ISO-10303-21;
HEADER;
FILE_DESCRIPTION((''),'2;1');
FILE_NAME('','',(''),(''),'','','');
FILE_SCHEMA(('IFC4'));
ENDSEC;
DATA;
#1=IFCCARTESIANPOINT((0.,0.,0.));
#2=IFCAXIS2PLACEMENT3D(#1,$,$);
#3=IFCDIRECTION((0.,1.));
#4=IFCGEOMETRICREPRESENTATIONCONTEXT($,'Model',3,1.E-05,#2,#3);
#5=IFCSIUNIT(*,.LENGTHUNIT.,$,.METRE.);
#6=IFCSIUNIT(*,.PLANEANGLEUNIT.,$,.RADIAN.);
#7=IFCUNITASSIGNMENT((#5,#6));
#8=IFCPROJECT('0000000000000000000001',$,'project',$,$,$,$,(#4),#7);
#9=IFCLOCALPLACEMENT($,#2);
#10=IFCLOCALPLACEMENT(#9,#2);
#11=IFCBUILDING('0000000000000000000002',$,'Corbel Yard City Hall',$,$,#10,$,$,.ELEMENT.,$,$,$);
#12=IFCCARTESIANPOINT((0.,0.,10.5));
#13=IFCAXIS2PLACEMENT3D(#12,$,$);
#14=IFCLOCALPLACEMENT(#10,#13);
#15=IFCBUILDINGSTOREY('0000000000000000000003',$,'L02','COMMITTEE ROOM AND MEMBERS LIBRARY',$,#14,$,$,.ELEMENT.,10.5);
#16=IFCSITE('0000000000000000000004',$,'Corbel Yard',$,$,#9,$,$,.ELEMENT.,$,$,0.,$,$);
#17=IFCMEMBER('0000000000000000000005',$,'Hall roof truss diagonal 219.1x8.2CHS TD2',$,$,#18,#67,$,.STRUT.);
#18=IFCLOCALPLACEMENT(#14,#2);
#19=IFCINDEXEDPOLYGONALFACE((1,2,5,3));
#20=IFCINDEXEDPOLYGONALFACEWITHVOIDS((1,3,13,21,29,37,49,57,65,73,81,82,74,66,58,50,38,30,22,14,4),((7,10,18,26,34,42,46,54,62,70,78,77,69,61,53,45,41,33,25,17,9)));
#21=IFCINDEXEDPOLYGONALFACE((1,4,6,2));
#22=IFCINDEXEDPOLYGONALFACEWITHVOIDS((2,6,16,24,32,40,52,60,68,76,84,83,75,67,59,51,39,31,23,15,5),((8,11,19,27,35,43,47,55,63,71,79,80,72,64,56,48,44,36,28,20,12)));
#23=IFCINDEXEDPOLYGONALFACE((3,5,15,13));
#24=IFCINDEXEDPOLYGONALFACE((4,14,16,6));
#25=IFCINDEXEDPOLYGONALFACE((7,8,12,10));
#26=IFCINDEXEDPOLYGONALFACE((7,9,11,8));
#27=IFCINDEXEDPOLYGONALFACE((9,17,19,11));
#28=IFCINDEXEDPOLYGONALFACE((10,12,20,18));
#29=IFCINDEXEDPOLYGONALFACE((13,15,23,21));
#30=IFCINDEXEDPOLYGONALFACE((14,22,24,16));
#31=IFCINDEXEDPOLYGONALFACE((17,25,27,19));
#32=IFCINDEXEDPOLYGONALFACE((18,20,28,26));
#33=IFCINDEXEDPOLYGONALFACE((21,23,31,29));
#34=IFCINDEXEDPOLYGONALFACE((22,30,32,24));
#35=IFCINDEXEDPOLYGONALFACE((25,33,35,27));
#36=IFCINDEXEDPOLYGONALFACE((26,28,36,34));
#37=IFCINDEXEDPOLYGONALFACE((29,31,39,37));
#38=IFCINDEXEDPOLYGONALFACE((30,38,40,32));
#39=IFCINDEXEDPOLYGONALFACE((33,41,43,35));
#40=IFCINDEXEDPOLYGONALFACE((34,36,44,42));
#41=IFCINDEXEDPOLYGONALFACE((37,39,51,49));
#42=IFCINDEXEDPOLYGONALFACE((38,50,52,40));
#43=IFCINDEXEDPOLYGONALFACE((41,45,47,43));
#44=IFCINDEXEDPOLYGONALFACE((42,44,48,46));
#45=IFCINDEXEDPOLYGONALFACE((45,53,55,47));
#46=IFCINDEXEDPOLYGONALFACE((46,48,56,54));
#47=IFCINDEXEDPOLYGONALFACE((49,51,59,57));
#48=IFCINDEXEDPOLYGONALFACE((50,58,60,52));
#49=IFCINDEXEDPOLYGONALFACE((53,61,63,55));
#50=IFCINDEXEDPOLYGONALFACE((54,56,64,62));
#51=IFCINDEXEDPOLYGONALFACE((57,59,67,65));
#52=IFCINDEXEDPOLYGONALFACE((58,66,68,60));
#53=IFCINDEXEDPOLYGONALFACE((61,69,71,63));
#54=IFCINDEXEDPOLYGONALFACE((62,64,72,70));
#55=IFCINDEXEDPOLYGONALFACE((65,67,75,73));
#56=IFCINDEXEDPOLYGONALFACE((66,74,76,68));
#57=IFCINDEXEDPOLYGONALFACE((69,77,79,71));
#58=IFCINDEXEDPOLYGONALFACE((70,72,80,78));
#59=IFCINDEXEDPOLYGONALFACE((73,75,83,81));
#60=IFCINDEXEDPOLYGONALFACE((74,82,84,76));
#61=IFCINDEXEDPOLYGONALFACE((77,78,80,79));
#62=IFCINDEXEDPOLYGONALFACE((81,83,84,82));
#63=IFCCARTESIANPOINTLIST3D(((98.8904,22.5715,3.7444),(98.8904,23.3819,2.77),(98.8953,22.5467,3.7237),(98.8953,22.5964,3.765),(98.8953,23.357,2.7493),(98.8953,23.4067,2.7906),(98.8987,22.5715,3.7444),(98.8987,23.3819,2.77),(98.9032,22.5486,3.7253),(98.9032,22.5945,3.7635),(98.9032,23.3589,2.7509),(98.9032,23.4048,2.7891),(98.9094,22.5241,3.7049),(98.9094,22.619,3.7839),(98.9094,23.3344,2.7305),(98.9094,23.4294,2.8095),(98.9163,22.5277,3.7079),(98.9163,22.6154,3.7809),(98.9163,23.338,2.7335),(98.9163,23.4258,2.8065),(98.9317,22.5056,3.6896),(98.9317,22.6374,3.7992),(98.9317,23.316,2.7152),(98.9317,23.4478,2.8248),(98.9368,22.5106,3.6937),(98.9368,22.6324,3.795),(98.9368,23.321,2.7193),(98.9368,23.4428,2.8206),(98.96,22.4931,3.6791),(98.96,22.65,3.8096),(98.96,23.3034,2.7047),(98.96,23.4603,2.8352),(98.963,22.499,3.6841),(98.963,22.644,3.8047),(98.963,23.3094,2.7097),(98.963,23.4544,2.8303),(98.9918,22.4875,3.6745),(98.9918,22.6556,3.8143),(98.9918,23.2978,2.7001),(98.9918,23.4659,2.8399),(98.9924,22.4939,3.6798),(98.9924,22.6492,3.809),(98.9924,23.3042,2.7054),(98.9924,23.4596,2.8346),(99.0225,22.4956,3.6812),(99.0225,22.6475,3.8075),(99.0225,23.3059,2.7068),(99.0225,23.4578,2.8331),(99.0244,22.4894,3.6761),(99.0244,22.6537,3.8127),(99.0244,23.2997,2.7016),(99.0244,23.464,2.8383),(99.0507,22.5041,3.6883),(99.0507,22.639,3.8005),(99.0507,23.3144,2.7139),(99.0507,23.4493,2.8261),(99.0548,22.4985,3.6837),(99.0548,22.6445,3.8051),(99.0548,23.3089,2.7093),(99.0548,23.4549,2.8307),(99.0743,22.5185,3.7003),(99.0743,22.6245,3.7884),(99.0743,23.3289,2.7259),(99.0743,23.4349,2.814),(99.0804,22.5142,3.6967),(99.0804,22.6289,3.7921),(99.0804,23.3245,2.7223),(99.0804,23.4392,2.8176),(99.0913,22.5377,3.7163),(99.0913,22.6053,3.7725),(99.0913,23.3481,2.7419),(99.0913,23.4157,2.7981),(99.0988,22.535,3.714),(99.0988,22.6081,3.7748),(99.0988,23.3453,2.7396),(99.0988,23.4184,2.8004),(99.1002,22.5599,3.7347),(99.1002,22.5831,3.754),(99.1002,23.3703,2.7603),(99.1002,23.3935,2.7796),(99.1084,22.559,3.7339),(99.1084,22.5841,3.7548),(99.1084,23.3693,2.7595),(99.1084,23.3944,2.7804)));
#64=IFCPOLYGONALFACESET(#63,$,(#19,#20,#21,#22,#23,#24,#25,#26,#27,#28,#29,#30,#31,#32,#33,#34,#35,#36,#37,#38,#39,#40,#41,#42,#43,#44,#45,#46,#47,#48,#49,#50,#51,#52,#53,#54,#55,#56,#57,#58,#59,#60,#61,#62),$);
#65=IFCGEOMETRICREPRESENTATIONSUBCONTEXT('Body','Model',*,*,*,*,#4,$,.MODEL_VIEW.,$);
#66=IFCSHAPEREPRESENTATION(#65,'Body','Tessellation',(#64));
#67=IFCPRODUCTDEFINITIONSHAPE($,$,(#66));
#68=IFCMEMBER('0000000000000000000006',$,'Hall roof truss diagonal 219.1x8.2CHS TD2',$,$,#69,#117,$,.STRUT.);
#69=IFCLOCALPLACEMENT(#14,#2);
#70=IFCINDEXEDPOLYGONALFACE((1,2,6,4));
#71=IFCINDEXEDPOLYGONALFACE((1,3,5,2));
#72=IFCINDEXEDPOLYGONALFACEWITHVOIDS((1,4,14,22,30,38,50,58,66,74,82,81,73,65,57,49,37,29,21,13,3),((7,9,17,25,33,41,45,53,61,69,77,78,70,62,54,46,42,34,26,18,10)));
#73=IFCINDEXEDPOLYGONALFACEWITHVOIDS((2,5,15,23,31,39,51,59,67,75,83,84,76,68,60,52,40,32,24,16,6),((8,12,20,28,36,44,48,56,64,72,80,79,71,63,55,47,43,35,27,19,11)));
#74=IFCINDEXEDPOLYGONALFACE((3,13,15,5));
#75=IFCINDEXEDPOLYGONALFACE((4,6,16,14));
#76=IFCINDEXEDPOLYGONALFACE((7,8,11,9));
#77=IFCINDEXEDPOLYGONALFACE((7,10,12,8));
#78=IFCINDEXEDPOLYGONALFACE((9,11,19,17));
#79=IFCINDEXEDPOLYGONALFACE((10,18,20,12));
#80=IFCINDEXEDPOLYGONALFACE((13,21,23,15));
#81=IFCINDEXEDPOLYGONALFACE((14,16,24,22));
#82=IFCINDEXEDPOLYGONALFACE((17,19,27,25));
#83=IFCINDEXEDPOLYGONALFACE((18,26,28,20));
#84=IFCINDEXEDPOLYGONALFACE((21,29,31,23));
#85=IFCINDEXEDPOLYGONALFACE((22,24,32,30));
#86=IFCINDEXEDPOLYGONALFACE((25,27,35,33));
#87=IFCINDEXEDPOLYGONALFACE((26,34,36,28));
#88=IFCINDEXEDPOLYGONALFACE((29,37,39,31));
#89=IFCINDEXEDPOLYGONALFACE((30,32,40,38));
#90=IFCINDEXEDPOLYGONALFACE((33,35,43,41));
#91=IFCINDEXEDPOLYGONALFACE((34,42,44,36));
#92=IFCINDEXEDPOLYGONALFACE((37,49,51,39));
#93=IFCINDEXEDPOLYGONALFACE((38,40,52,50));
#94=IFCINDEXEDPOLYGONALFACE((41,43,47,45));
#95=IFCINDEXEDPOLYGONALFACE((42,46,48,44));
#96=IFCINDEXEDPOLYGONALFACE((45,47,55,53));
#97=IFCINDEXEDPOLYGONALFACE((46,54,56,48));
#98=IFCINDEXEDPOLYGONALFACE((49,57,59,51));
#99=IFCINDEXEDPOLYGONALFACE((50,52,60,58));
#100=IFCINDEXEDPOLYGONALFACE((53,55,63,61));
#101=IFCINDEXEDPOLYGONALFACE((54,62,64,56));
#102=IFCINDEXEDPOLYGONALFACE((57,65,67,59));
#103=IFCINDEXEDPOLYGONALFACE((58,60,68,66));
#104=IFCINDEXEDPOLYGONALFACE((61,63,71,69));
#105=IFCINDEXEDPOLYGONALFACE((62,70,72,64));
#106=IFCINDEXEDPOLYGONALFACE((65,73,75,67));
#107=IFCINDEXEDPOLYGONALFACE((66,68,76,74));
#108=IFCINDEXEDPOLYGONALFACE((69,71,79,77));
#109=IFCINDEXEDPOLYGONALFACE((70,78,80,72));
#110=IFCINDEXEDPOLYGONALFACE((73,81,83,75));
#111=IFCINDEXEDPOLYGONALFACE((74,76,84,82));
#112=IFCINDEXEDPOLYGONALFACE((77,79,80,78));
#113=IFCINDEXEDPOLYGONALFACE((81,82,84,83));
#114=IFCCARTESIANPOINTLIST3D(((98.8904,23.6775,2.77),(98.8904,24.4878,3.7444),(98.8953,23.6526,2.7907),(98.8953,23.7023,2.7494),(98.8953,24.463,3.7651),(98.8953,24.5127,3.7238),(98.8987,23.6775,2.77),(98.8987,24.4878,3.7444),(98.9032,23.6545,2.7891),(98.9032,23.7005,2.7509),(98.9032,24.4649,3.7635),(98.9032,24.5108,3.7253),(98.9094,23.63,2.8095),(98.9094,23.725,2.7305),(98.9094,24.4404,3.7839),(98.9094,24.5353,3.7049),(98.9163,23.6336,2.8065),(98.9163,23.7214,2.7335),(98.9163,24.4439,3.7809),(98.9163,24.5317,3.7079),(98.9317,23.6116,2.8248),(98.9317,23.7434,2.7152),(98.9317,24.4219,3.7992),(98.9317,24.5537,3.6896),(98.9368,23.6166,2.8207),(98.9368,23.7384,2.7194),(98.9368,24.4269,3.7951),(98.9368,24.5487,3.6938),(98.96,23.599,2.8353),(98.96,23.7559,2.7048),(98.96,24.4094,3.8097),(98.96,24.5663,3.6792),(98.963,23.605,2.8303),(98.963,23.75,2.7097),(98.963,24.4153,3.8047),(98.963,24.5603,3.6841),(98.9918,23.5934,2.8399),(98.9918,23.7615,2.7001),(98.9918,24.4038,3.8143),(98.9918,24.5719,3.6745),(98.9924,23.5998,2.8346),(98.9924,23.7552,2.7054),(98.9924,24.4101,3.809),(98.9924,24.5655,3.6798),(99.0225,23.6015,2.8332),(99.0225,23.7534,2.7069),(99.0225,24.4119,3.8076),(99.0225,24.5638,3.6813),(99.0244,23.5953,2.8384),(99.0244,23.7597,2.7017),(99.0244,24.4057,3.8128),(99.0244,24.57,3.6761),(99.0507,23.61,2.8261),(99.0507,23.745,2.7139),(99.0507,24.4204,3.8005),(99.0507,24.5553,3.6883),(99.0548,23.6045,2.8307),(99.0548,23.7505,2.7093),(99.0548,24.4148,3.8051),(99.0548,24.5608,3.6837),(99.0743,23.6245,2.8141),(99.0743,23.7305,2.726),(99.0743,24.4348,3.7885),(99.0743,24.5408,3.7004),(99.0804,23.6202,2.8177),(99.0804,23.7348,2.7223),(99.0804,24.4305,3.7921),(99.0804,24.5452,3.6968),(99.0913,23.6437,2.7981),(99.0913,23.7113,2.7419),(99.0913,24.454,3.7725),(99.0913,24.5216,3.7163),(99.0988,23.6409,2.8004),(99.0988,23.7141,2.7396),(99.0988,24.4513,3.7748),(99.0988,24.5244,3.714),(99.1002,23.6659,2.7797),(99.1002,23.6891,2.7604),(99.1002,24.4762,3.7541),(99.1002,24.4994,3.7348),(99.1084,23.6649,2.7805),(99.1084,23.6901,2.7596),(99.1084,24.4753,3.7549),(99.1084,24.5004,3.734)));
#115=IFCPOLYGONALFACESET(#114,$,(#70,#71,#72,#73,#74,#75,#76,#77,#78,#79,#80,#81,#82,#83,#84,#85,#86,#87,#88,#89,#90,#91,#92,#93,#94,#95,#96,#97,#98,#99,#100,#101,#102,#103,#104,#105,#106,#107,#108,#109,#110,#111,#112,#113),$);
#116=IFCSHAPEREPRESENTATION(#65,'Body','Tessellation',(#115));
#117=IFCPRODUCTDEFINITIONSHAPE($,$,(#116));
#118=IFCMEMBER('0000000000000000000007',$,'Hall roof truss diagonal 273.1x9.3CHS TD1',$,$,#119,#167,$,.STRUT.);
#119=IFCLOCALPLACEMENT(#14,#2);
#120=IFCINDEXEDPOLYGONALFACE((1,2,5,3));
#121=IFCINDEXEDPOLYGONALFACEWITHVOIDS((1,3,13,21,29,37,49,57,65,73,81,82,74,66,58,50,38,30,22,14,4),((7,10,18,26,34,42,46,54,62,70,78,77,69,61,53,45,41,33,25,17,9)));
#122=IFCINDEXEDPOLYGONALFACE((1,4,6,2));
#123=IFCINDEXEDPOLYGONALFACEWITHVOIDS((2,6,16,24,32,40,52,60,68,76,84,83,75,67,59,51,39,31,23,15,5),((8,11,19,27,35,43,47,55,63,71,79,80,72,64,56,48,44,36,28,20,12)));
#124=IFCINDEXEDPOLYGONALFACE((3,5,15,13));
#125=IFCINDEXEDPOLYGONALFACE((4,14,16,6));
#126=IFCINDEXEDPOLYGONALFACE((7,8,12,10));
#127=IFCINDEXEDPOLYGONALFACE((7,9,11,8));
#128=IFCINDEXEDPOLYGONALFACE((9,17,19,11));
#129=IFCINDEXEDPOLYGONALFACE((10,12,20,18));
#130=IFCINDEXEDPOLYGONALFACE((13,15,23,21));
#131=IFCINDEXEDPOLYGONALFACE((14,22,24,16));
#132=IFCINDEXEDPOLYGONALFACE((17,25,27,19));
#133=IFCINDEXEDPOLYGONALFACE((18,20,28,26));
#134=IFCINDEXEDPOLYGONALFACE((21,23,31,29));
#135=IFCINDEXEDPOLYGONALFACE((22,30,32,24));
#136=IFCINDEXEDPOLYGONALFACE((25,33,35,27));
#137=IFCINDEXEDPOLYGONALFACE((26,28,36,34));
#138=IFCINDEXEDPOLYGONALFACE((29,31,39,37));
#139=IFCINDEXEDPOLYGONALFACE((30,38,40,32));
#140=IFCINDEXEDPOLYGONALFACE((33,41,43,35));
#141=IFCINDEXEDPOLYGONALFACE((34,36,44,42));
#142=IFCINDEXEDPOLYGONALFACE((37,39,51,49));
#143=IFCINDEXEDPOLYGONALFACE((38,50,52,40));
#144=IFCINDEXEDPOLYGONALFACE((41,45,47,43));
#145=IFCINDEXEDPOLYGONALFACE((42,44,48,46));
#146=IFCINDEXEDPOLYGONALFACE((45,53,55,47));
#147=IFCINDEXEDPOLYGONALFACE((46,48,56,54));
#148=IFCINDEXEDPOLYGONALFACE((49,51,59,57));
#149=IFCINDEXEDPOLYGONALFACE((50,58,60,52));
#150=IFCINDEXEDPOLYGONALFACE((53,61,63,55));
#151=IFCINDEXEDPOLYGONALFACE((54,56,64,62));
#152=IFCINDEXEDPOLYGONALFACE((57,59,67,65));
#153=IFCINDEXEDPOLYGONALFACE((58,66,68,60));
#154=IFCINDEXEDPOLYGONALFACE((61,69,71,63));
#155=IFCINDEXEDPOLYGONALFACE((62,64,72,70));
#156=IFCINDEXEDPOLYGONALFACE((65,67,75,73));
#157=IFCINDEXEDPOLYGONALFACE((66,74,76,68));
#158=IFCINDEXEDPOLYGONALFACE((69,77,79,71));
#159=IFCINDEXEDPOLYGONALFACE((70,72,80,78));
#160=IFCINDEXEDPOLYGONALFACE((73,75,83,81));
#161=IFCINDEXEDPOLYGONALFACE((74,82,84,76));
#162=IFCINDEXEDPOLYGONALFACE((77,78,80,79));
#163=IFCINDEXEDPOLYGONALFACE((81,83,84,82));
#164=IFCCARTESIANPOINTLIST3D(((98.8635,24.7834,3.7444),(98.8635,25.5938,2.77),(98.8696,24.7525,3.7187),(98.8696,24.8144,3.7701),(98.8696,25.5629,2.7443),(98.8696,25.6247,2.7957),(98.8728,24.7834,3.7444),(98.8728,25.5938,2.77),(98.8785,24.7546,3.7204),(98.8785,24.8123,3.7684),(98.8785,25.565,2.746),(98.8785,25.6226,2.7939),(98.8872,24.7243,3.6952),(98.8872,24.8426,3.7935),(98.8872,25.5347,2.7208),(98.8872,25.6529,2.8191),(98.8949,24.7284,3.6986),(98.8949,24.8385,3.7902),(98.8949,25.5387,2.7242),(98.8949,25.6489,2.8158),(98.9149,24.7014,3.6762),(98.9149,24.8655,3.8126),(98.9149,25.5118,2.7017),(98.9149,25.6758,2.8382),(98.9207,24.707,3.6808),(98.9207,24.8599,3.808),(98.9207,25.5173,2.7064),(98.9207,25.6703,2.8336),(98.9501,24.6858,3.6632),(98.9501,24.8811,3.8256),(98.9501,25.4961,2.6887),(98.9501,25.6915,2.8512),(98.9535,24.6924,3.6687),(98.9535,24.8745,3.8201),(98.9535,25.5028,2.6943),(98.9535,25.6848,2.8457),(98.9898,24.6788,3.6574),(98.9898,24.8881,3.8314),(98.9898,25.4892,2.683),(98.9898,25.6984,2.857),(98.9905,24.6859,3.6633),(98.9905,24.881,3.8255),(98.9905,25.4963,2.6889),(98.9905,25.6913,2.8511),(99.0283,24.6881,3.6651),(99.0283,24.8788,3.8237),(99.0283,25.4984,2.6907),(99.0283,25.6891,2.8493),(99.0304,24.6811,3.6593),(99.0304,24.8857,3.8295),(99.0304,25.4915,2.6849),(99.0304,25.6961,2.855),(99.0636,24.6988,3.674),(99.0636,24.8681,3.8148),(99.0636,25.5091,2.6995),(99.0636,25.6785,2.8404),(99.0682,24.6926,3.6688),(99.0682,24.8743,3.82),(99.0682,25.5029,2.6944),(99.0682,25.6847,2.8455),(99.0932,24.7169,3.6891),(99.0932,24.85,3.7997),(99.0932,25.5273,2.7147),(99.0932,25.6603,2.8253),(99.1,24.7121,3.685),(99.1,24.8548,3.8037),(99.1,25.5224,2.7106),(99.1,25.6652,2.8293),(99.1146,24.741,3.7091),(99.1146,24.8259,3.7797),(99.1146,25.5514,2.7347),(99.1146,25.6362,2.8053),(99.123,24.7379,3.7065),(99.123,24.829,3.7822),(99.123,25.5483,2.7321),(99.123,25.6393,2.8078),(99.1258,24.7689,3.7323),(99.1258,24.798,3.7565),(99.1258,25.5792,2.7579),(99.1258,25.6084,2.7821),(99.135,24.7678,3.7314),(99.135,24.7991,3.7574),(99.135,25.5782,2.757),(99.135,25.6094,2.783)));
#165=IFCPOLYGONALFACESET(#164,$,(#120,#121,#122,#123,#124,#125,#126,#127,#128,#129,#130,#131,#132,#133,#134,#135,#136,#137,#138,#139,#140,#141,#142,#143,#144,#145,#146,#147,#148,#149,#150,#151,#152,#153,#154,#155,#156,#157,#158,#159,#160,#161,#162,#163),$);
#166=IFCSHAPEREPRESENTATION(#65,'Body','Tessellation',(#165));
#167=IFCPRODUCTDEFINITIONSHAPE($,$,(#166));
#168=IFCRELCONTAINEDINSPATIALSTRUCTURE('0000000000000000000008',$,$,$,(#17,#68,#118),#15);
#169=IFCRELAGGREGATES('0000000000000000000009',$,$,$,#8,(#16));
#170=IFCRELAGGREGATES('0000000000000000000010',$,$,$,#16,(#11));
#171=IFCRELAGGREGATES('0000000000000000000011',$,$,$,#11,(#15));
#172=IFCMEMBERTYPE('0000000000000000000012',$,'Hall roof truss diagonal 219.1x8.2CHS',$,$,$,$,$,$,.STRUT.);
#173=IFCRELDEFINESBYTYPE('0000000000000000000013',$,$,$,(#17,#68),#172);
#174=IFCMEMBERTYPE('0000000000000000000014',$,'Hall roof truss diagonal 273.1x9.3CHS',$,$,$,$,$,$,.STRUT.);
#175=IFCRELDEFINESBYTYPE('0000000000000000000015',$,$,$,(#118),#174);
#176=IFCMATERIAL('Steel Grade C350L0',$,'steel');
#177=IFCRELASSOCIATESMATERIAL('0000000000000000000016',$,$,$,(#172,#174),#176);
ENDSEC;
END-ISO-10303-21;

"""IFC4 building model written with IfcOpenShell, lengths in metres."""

from ifc_helpers import new_model, si_unit, direction, frame, origin, origin_2d, place, context, subcontext, project, spatial, hollow_circle, extrude, material, material_profile, profile_set, type_object, element, save


model = new_model("IFC4")

# Units and contexts
model_context = context("Model", 3, precision=1e-05, world=origin(), true_north=direction((0.0, 1.0)))
body_context = subcontext(model_context, "Body", "Model", "MODEL_VIEW")
ifc_project = project(units=[si_unit("LENGTHUNIT", "METRE"), si_unit("PLANEANGLEUNIT", "RADIAN")], contexts=[model_context])

# Site, building, storey
site_placement = place(None, origin())
site = spatial("IfcSite", under=ifc_project, at=site_placement, Name="Corbel Yard", CompositionType="ELEMENT", RefElevation=0.0)
building_placement = place(site_placement, origin())
building = spatial("IfcBuilding", under=site, at=building_placement, Name="Corbel Yard City Hall", CompositionType="ELEMENT")
storey_placement = place(building_placement, frame((0.0, 0.0, 10.5)))
storey = spatial("IfcBuildingStorey", under=building, at=storey_placement, Name="L02", Description="COMMITTEE ROOM AND MEMBERS LIBRARY", CompositionType="ELEMENT", Elevation=10.5)

# Members
ifc_material_1 = material(Name="Steel Grade C350L0", Category="steel")
ifc_material_profile_1 = material_profile(ifc_material_1, hollow_circle(Radius=0.1096, WallThickness=0.0083, at=origin_2d()), Name="219.1x8.2CHS")
ifc_profile_set_1 = profile_set([ifc_material_profile_1], Name="Steel Grade C350L0")
member_type_1 = type_object("IfcMemberType", Name="Hall roof truss diagonal 219.1x8.2CHS", PredefinedType="STRUT", material=ifc_profile_set_1)
for number, where, z_axis, x_axis, name in (
    (1, (99.0, 22.5715, 3.7444), (0.0, 0.639407, -0.768868), (-1.0, 0.0, 0.0), "Hall roof truss diagonal 219.1x8.2CHS TD2"),
    (2, (99.0, 23.6775, 2.77), (0.0, 0.639407, 0.768868), (-1.0, 0.0, 0.0), "Hall roof truss diagonal 219.1x8.2CHS TD2"),
):
    element("IfcMember", number, at=place(storey_placement, frame(where, z_axis=z_axis, x_axis=x_axis)), inside=storey, type_object=member_type_1, Name=name, PredefinedType="STRUT", context=body_context, shape_type="SweptSolid", body=[
        extrude(hollow_circle(Radius=0.1096, WallThickness=0.0083, at=origin_2d()), origin(), (0.0, 0.0, 1.0), 1.2673),
    ])
ifc_material_profile_2 = material_profile(ifc_material_1, hollow_circle(Radius=0.1365, WallThickness=0.0093, at=origin_2d()), Name="273.1x9.3CHS")
ifc_profile_set_2 = profile_set([ifc_material_profile_2], Name="Steel Grade C350L0")
member_type_2 = type_object("IfcMemberType", Name="Hall roof truss diagonal 273.1x9.3CHS", PredefinedType="STRUT", material=ifc_profile_set_2)
for number, where, z_axis, x_axis, name in (
    (3, (99.0, 24.7834, 3.7444), (0.0, 0.639407, -0.768868), (-1.0, 0.0, 0.0), "Hall roof truss diagonal 273.1x9.3CHS TD1"),
):
    element("IfcMember", number, at=place(storey_placement, frame(where, z_axis=z_axis, x_axis=x_axis)), inside=storey, type_object=member_type_2, Name=name, PredefinedType="STRUT", context=body_context, shape_type="SweptSolid", body=[
        extrude(hollow_circle(Radius=0.1365, WallThickness=0.0093, at=origin_2d()), origin(), (0.0, 0.0, 1.0), 1.2673),
    ])

save(model, "model.ifc")
